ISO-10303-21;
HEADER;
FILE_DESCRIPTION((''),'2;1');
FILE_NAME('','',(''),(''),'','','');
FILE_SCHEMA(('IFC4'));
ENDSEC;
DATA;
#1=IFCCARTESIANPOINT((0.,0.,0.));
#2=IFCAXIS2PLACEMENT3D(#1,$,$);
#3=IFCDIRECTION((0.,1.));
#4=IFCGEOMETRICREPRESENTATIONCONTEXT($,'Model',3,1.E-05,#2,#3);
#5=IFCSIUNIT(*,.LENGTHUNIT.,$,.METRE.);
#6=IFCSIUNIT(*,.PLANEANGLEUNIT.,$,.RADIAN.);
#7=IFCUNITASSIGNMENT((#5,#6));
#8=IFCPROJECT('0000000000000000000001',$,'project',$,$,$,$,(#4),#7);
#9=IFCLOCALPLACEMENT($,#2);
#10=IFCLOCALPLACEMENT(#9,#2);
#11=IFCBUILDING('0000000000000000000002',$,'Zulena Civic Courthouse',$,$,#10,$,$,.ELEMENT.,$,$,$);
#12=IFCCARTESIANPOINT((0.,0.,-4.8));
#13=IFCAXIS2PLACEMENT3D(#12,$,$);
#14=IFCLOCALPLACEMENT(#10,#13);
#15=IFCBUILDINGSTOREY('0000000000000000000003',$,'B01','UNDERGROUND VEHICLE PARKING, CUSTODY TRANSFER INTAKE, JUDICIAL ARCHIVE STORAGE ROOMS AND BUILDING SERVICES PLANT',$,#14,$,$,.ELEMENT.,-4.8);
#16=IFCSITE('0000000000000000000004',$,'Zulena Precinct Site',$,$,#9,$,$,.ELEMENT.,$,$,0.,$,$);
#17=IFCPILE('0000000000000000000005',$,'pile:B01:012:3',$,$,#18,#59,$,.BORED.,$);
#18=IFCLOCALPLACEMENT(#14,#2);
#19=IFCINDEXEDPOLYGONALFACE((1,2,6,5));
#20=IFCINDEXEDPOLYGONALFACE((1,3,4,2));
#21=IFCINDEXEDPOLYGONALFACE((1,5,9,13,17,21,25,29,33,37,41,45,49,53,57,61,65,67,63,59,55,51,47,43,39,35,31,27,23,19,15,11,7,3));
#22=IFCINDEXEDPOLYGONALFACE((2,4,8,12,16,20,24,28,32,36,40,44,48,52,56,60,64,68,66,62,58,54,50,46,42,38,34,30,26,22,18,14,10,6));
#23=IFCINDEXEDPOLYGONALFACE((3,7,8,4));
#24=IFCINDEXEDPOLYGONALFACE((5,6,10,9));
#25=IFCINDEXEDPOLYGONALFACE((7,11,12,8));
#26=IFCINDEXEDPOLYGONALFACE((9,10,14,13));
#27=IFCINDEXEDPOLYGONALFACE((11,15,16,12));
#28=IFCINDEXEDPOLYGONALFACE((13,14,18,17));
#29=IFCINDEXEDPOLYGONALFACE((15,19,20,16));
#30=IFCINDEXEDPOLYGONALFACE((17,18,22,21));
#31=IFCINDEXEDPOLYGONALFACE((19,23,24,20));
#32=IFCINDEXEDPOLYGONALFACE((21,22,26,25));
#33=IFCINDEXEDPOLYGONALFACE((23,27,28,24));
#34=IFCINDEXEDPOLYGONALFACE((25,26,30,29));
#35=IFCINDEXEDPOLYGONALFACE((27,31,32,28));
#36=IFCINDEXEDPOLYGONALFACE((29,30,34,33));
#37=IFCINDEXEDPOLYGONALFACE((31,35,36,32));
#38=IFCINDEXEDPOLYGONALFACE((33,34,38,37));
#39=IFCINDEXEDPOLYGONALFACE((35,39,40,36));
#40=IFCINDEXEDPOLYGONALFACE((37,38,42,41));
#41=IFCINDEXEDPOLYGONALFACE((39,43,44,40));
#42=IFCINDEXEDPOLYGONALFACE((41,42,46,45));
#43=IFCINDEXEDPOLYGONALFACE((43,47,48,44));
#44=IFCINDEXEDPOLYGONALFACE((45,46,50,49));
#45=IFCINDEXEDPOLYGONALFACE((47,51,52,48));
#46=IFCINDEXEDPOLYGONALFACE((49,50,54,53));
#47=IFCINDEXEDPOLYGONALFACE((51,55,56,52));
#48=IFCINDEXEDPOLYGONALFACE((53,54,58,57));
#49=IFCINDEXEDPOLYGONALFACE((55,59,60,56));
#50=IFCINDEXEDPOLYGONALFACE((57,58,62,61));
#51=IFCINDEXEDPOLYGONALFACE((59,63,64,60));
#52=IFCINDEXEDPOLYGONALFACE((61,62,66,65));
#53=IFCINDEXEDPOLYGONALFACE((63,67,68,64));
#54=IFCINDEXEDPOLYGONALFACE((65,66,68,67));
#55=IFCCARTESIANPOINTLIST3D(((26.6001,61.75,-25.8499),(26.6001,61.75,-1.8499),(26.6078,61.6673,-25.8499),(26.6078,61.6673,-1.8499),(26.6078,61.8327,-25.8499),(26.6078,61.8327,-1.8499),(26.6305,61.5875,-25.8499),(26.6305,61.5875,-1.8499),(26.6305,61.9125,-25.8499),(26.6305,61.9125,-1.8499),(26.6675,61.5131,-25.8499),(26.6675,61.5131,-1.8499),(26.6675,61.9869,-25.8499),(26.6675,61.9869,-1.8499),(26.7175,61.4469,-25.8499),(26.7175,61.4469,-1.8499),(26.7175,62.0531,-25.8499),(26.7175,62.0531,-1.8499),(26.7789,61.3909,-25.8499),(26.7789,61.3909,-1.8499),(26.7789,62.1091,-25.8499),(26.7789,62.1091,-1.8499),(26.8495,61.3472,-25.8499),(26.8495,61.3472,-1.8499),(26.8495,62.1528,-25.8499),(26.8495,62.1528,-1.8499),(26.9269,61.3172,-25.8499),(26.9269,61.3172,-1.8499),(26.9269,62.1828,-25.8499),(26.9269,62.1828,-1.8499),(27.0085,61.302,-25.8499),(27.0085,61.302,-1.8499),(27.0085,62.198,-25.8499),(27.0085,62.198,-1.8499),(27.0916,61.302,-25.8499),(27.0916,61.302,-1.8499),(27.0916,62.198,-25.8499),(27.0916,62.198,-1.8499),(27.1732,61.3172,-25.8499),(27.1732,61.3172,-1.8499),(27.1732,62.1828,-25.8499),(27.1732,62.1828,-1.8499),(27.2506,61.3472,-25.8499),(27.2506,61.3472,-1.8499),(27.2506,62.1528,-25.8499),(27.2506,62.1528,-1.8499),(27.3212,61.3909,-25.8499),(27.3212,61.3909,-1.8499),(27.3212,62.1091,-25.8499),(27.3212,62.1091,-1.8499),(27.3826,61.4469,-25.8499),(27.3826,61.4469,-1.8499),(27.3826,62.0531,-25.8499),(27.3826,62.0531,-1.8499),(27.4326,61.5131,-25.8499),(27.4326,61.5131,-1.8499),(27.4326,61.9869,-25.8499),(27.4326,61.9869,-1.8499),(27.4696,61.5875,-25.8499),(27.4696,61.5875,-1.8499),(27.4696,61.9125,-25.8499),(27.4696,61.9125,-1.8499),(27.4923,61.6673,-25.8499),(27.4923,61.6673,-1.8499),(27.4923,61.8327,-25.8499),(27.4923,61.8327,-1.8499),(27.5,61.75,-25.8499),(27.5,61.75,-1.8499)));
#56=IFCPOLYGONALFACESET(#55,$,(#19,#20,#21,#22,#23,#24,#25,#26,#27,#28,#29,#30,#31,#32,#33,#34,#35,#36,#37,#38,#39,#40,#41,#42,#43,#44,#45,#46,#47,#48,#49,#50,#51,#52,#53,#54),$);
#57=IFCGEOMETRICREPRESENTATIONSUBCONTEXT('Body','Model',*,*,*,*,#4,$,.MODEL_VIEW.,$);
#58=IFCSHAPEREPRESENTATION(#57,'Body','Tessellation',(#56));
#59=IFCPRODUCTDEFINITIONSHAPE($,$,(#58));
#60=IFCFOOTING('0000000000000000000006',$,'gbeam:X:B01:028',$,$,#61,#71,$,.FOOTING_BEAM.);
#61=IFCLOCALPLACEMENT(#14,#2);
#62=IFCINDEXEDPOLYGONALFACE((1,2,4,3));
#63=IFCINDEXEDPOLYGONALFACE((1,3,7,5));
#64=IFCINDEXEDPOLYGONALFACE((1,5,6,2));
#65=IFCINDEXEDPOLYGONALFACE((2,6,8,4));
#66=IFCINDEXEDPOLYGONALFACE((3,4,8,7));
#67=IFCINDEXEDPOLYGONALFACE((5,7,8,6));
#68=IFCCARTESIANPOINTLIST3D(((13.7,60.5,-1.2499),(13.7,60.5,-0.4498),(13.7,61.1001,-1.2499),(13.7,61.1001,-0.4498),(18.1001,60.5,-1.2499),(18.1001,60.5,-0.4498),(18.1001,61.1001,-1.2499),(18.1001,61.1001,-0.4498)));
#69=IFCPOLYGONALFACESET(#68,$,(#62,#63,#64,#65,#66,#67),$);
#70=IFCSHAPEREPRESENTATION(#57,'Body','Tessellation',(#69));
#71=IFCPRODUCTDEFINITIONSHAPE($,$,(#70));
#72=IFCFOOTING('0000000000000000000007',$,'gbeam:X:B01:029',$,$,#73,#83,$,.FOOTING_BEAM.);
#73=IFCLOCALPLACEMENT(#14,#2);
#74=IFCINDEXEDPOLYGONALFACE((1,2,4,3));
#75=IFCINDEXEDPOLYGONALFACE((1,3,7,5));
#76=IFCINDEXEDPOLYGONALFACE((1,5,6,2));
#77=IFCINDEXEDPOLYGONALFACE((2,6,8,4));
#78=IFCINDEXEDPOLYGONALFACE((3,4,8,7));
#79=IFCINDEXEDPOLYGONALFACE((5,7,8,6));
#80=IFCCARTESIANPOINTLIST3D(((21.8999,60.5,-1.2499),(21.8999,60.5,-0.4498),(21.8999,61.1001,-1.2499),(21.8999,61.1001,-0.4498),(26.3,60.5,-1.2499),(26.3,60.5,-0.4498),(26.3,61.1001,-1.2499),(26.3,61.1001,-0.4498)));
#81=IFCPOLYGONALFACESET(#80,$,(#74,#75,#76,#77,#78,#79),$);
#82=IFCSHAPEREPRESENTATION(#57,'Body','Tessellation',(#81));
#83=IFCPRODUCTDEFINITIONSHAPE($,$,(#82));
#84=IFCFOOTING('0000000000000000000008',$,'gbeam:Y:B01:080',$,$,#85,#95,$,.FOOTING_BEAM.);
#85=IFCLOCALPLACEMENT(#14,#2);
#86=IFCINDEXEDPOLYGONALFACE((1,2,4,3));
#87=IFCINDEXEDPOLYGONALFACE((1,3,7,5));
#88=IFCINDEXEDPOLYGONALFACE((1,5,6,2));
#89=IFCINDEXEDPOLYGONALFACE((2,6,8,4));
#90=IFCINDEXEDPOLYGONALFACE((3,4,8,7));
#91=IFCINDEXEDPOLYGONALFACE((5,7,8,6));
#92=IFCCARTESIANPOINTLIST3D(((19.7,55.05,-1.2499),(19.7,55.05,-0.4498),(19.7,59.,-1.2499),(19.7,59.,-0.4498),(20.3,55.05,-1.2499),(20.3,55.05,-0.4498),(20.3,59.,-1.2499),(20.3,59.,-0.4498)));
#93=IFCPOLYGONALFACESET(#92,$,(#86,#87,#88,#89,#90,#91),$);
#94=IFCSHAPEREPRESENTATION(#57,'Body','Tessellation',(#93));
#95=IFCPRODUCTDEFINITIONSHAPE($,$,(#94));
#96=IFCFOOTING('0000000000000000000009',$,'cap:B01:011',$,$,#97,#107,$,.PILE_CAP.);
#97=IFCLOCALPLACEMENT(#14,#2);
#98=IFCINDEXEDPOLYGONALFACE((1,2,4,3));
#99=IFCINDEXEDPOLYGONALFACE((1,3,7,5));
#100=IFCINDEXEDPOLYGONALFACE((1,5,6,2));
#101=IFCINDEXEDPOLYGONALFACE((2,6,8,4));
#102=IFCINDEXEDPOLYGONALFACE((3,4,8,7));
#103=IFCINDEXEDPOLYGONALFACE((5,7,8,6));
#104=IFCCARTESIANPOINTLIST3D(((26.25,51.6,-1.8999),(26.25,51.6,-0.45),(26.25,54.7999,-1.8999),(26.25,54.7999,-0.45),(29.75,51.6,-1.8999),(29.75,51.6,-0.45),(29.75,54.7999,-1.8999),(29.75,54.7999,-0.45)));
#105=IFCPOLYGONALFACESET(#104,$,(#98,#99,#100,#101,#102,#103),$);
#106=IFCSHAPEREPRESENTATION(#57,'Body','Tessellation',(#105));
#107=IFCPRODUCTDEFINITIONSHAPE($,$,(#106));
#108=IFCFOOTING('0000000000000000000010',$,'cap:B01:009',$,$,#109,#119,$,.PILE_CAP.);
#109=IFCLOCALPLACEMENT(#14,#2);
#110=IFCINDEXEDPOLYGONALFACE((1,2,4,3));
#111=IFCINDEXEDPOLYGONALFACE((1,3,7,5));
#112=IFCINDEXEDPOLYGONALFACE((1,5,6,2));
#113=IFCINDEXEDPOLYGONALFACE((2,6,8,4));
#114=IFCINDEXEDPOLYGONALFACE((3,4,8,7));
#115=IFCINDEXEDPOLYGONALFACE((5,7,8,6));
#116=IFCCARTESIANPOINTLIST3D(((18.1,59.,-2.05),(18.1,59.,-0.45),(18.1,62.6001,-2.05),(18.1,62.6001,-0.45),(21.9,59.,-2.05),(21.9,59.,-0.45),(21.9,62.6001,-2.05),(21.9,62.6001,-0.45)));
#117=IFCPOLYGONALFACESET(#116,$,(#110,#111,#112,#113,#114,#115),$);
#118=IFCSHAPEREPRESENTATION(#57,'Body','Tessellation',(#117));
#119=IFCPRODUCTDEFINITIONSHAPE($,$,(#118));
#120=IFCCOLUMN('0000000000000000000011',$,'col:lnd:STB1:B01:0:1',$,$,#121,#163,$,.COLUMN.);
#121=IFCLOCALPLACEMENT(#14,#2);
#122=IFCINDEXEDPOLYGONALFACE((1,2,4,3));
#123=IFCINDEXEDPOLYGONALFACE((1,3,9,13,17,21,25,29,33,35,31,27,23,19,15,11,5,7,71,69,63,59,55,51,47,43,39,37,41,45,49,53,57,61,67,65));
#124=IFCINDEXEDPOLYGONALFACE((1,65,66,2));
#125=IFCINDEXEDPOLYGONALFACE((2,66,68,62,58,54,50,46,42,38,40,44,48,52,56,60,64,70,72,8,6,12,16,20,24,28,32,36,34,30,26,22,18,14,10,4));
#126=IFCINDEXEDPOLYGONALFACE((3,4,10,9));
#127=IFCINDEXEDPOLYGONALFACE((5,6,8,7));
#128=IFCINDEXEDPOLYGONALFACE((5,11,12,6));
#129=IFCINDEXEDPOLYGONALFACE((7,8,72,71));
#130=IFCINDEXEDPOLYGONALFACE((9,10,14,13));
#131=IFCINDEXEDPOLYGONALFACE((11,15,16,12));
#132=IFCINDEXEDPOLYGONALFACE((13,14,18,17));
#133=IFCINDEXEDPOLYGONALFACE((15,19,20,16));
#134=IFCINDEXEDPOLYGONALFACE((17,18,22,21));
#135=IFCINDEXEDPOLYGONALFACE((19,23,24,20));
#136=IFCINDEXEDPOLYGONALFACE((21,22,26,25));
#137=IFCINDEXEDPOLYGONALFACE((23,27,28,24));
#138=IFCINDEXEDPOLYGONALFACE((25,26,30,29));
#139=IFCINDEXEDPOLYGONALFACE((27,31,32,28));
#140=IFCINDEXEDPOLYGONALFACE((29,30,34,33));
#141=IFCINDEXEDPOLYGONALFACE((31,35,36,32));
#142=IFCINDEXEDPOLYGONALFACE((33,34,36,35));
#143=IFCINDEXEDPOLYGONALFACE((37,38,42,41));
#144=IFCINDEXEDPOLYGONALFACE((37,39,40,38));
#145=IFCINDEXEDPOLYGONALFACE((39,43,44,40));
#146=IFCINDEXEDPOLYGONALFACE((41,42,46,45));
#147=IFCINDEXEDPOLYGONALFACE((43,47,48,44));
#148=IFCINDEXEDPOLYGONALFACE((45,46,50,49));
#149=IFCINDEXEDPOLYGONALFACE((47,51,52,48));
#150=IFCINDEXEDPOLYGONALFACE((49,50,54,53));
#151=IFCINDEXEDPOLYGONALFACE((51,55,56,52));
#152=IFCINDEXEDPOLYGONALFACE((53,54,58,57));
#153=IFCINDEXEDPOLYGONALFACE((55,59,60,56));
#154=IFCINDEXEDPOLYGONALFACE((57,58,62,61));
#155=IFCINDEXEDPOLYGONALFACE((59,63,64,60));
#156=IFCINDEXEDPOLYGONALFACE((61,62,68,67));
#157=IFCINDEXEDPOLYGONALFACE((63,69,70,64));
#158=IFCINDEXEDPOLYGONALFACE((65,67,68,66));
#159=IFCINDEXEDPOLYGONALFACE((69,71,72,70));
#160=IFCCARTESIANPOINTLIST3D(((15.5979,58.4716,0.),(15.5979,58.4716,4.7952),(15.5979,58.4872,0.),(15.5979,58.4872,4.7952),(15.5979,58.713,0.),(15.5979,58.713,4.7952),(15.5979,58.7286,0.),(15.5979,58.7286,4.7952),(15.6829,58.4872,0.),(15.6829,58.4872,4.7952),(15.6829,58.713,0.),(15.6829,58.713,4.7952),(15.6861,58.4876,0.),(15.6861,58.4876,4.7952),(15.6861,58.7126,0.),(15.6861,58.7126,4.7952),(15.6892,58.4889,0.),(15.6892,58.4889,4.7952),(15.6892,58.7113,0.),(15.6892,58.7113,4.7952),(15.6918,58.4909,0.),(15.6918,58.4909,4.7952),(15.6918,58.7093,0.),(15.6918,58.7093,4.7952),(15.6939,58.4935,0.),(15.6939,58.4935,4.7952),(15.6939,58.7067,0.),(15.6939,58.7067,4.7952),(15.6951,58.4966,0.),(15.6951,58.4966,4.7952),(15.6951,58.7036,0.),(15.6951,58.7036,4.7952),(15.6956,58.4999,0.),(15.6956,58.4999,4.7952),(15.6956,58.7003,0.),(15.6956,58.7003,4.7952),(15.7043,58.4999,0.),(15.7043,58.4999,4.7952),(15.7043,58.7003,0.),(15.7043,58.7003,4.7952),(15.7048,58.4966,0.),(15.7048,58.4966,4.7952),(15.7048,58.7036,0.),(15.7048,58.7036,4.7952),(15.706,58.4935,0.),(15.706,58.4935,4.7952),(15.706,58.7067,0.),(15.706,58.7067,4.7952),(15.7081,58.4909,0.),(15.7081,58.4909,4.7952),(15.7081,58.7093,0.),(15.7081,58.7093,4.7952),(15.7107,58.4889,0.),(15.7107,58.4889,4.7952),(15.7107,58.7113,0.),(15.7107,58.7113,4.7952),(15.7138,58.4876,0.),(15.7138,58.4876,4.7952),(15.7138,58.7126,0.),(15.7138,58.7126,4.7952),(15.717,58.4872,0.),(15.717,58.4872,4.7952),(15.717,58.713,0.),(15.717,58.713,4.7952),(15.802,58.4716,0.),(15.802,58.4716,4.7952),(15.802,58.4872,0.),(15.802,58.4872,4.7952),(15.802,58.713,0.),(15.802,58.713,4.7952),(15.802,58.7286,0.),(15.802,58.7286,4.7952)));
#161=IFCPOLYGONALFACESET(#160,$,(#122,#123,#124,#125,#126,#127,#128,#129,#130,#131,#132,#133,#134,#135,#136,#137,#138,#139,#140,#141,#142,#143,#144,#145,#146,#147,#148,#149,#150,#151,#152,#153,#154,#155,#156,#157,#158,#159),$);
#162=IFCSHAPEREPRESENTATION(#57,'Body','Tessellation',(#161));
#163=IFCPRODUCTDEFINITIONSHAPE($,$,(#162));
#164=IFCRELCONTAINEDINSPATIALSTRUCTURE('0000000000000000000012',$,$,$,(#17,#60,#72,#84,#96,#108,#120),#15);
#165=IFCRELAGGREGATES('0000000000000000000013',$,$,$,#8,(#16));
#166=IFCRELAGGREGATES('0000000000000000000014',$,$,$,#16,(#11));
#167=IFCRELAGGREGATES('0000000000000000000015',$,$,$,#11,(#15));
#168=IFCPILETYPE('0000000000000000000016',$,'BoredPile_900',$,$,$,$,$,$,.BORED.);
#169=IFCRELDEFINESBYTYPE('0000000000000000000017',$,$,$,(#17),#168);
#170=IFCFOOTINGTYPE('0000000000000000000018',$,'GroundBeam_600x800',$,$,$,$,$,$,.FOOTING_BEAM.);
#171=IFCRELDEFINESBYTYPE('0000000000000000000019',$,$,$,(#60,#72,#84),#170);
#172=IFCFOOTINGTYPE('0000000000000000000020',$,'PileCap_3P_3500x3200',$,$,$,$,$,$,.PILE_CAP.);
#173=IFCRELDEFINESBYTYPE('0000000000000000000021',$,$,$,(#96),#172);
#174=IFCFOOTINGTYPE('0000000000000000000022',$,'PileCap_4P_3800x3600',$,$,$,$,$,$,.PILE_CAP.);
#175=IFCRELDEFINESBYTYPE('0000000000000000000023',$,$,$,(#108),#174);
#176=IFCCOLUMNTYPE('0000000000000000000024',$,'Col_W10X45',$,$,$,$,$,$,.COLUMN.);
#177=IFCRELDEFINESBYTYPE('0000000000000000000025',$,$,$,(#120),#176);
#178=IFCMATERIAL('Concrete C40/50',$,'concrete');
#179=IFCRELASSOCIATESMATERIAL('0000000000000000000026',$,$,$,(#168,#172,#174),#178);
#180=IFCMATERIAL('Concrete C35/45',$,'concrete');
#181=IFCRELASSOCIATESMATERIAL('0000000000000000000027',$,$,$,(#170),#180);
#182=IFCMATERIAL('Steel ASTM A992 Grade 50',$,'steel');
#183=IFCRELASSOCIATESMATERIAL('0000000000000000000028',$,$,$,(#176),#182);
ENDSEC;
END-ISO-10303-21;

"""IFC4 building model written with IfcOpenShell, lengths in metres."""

from ifc_helpers import new_model, si_unit, direction, frame, origin, origin_2d, place, context, subcontext, project, spatial, rectangle, circle, i_section, extrude, material, material_profile, profile_set, type_object, element, save


model = new_model("IFC4")

# Units and contexts
model_context = context("Model", 3, precision=1e-05, world=origin(), true_north=direction((0.0, 1.0)))
body_context = subcontext(model_context, "Body", "Model", "MODEL_VIEW")
ifc_project = project(units=[si_unit("LENGTHUNIT", "METRE"), si_unit("PLANEANGLEUNIT", "RADIAN")], contexts=[model_context])

# Site, building, storey
site_placement = place(None, origin())
site = spatial("IfcSite", under=ifc_project, at=site_placement, Name="Zulena Precinct Site", CompositionType="ELEMENT", RefElevation=0.0)
building_placement = place(site_placement, origin())
building = spatial("IfcBuilding", under=site, at=building_placement, Name="Zulena Civic Courthouse", CompositionType="ELEMENT")
storey_placement = place(building_placement, frame((0.0, 0.0, -4.8)))
storey = spatial("IfcBuildingStorey", under=building, at=storey_placement, Name="B01", Description="UNDERGROUND VEHICLE PARKING, CUSTODY TRANSFER INTAKE, JUDICIAL ARCHIVE STORAGE ROOMS AND BUILDING SERVICES PLANT", CompositionType="ELEMENT", Elevation=-4.8)

# Pile
ifc_material_1 = material(Name="Concrete C40/50", Category="concrete")
ifc_material_profile_1 = material_profile(ifc_material_1, circle(Radius=0.45, at=origin_2d()), Name="PILE900")
ifc_profile_set_1 = profile_set([ifc_material_profile_1], Name="Concrete C40/50")
pile_type_1 = type_object("IfcPileType", Name="BoredPile_900", PredefinedType="BORED", material=ifc_profile_set_1)
for number, where, z_axis, x_axis, name in (
    (1, (27.05, 61.75, -1.8499), (0.0, 0.0, -1.0), (1.0, 0.0, 0.0), "pile:B01:012:3"),
):
    element("IfcPile", number, at=place(storey_placement, frame(where, z_axis=z_axis, x_axis=x_axis)), inside=storey, type_object=pile_type_1, Name=name, PredefinedType="BORED", context=body_context, shape_type="SweptSolid", body=[
        extrude(circle(Radius=0.45, at=origin_2d()), origin(), (0.0, 0.0, 1.0), 24.0),
    ])

# Footings
ifc_material_2 = material(Name="Concrete C35/45", Category="concrete")
ifc_material_profile_2 = material_profile(ifc_material_2, rectangle(XDim=0.6001, YDim=0.8, at=origin_2d()), Name="RC600X800")
ifc_profile_set_2 = profile_set([ifc_material_profile_2], Name="Concrete C35/45")
footing_type_1 = type_object("IfcFootingType", Name="GroundBeam_600x800", PredefinedType="FOOTING_BEAM", material=ifc_profile_set_2)
for number, where, z_axis, x_axis, name in (
    (2, (13.7, 60.8, -0.8499), (1.0, 0.0, 0.0), (0.0, 1.0, 0.0), "gbeam:X:B01:028"),
    (3, (21.8999, 60.8, -0.8499), (1.0, 0.0, 0.0), (0.0, 1.0, 0.0), "gbeam:X:B01:029"),
):
    element("IfcFooting", number, at=place(storey_placement, frame(where, z_axis=z_axis, x_axis=x_axis)), inside=storey, type_object=footing_type_1, Name=name, PredefinedType="FOOTING_BEAM", context=body_context, shape_type="SweptSolid", body=[
        extrude(rectangle(XDim=0.6001, YDim=0.8, at=origin_2d()), origin(), (0.0, 0.0, 1.0), 4.4001),
    ])
footing_1_placement = place(storey_placement, frame((20.0, 55.05, -0.8499), z_axis=(0.0, 1.0, 0.0), x_axis=(-1.0, 0.0, 0.0)))
element("IfcFooting", 4, at=footing_1_placement, inside=storey, type_object=footing_type_1, Name="gbeam:Y:B01:080", PredefinedType="FOOTING_BEAM", context=body_context, shape_type="SweptSolid", body=[
    extrude(rectangle(XDim=0.6001, YDim=0.8, at=origin_2d()), origin(), (0.0, 0.0, 1.0), 3.95),
])
footing_type_2 = type_object("IfcFootingType", Name="PileCap_3P_3500x3200", PredefinedType="PILE_CAP", material=ifc_material_1)
footing_2_placement = place(storey_placement, frame((28.0, 53.2, -1.8999), z_axis=(0.0, 0.0, 1.0), x_axis=(1.0, 0.0, 0.0)))
element("IfcFooting", 5, at=footing_2_placement, inside=storey, type_object=footing_type_2, Name="cap:B01:011", PredefinedType="PILE_CAP", context=body_context, shape_type="SweptSolid", body=[
    extrude(rectangle(XDim=3.5, YDim=3.2, at=origin_2d()), origin(), (0.0, 0.0, 1.0), 1.45),
])
footing_type_3 = type_object("IfcFootingType", Name="PileCap_4P_3800x3600", PredefinedType="PILE_CAP", material=ifc_material_1)
footing_3_placement = place(storey_placement, frame((20.0, 60.8, -2.05), z_axis=(0.0, 0.0, 1.0), x_axis=(1.0, 0.0, 0.0)))
element("IfcFooting", 6, at=footing_3_placement, inside=storey, type_object=footing_type_3, Name="cap:B01:009", PredefinedType="PILE_CAP", context=body_context, shape_type="SweptSolid", body=[
    extrude(rectangle(XDim=3.8, YDim=3.6001, at=origin_2d()), origin(), (0.0, 0.0, 1.0), 1.6001),
])

# Column
ifc_material_3 = material(Name="Steel ASTM A992 Grade 50", Category="steel")
ifc_material_profile_3 = material_profile(ifc_material_3, i_section(OverallWidth=0.2041, OverallDepth=0.2571, WebThickness=0.0088, FlangeThickness=0.0156, FilletRadius=0.0127, at=origin_2d()), Name="W10X45")
ifc_profile_set_3 = profile_set([ifc_material_profile_3], Name="Steel ASTM A992 Grade 50")
column_type_1 = type_object("IfcColumnType", Name="Col_W10X45", PredefinedType="COLUMN", material=ifc_profile_set_3)
for number, where, z_axis, x_axis, name in (
    (7, (15.7, 58.6001, 0.0), (0.0, 0.0, 1.0), (1.0, 0.0, 0.0), "col:lnd:STB1:B01:0:1"),
):
    element("IfcColumn", number, at=place(storey_placement, frame(where, z_axis=z_axis, x_axis=x_axis)), inside=storey, type_object=column_type_1, Name=name, PredefinedType="COLUMN", context=body_context, shape_type="SweptSolid", body=[
        extrude(i_section(OverallWidth=0.2041, OverallDepth=0.2571, WebThickness=0.0088, FlangeThickness=0.0156, FilletRadius=0.0127, at=origin_2d()), origin(), (0.0, 0.0, 1.0), 4.7952),
    ])

save(model, "model.ifc")
